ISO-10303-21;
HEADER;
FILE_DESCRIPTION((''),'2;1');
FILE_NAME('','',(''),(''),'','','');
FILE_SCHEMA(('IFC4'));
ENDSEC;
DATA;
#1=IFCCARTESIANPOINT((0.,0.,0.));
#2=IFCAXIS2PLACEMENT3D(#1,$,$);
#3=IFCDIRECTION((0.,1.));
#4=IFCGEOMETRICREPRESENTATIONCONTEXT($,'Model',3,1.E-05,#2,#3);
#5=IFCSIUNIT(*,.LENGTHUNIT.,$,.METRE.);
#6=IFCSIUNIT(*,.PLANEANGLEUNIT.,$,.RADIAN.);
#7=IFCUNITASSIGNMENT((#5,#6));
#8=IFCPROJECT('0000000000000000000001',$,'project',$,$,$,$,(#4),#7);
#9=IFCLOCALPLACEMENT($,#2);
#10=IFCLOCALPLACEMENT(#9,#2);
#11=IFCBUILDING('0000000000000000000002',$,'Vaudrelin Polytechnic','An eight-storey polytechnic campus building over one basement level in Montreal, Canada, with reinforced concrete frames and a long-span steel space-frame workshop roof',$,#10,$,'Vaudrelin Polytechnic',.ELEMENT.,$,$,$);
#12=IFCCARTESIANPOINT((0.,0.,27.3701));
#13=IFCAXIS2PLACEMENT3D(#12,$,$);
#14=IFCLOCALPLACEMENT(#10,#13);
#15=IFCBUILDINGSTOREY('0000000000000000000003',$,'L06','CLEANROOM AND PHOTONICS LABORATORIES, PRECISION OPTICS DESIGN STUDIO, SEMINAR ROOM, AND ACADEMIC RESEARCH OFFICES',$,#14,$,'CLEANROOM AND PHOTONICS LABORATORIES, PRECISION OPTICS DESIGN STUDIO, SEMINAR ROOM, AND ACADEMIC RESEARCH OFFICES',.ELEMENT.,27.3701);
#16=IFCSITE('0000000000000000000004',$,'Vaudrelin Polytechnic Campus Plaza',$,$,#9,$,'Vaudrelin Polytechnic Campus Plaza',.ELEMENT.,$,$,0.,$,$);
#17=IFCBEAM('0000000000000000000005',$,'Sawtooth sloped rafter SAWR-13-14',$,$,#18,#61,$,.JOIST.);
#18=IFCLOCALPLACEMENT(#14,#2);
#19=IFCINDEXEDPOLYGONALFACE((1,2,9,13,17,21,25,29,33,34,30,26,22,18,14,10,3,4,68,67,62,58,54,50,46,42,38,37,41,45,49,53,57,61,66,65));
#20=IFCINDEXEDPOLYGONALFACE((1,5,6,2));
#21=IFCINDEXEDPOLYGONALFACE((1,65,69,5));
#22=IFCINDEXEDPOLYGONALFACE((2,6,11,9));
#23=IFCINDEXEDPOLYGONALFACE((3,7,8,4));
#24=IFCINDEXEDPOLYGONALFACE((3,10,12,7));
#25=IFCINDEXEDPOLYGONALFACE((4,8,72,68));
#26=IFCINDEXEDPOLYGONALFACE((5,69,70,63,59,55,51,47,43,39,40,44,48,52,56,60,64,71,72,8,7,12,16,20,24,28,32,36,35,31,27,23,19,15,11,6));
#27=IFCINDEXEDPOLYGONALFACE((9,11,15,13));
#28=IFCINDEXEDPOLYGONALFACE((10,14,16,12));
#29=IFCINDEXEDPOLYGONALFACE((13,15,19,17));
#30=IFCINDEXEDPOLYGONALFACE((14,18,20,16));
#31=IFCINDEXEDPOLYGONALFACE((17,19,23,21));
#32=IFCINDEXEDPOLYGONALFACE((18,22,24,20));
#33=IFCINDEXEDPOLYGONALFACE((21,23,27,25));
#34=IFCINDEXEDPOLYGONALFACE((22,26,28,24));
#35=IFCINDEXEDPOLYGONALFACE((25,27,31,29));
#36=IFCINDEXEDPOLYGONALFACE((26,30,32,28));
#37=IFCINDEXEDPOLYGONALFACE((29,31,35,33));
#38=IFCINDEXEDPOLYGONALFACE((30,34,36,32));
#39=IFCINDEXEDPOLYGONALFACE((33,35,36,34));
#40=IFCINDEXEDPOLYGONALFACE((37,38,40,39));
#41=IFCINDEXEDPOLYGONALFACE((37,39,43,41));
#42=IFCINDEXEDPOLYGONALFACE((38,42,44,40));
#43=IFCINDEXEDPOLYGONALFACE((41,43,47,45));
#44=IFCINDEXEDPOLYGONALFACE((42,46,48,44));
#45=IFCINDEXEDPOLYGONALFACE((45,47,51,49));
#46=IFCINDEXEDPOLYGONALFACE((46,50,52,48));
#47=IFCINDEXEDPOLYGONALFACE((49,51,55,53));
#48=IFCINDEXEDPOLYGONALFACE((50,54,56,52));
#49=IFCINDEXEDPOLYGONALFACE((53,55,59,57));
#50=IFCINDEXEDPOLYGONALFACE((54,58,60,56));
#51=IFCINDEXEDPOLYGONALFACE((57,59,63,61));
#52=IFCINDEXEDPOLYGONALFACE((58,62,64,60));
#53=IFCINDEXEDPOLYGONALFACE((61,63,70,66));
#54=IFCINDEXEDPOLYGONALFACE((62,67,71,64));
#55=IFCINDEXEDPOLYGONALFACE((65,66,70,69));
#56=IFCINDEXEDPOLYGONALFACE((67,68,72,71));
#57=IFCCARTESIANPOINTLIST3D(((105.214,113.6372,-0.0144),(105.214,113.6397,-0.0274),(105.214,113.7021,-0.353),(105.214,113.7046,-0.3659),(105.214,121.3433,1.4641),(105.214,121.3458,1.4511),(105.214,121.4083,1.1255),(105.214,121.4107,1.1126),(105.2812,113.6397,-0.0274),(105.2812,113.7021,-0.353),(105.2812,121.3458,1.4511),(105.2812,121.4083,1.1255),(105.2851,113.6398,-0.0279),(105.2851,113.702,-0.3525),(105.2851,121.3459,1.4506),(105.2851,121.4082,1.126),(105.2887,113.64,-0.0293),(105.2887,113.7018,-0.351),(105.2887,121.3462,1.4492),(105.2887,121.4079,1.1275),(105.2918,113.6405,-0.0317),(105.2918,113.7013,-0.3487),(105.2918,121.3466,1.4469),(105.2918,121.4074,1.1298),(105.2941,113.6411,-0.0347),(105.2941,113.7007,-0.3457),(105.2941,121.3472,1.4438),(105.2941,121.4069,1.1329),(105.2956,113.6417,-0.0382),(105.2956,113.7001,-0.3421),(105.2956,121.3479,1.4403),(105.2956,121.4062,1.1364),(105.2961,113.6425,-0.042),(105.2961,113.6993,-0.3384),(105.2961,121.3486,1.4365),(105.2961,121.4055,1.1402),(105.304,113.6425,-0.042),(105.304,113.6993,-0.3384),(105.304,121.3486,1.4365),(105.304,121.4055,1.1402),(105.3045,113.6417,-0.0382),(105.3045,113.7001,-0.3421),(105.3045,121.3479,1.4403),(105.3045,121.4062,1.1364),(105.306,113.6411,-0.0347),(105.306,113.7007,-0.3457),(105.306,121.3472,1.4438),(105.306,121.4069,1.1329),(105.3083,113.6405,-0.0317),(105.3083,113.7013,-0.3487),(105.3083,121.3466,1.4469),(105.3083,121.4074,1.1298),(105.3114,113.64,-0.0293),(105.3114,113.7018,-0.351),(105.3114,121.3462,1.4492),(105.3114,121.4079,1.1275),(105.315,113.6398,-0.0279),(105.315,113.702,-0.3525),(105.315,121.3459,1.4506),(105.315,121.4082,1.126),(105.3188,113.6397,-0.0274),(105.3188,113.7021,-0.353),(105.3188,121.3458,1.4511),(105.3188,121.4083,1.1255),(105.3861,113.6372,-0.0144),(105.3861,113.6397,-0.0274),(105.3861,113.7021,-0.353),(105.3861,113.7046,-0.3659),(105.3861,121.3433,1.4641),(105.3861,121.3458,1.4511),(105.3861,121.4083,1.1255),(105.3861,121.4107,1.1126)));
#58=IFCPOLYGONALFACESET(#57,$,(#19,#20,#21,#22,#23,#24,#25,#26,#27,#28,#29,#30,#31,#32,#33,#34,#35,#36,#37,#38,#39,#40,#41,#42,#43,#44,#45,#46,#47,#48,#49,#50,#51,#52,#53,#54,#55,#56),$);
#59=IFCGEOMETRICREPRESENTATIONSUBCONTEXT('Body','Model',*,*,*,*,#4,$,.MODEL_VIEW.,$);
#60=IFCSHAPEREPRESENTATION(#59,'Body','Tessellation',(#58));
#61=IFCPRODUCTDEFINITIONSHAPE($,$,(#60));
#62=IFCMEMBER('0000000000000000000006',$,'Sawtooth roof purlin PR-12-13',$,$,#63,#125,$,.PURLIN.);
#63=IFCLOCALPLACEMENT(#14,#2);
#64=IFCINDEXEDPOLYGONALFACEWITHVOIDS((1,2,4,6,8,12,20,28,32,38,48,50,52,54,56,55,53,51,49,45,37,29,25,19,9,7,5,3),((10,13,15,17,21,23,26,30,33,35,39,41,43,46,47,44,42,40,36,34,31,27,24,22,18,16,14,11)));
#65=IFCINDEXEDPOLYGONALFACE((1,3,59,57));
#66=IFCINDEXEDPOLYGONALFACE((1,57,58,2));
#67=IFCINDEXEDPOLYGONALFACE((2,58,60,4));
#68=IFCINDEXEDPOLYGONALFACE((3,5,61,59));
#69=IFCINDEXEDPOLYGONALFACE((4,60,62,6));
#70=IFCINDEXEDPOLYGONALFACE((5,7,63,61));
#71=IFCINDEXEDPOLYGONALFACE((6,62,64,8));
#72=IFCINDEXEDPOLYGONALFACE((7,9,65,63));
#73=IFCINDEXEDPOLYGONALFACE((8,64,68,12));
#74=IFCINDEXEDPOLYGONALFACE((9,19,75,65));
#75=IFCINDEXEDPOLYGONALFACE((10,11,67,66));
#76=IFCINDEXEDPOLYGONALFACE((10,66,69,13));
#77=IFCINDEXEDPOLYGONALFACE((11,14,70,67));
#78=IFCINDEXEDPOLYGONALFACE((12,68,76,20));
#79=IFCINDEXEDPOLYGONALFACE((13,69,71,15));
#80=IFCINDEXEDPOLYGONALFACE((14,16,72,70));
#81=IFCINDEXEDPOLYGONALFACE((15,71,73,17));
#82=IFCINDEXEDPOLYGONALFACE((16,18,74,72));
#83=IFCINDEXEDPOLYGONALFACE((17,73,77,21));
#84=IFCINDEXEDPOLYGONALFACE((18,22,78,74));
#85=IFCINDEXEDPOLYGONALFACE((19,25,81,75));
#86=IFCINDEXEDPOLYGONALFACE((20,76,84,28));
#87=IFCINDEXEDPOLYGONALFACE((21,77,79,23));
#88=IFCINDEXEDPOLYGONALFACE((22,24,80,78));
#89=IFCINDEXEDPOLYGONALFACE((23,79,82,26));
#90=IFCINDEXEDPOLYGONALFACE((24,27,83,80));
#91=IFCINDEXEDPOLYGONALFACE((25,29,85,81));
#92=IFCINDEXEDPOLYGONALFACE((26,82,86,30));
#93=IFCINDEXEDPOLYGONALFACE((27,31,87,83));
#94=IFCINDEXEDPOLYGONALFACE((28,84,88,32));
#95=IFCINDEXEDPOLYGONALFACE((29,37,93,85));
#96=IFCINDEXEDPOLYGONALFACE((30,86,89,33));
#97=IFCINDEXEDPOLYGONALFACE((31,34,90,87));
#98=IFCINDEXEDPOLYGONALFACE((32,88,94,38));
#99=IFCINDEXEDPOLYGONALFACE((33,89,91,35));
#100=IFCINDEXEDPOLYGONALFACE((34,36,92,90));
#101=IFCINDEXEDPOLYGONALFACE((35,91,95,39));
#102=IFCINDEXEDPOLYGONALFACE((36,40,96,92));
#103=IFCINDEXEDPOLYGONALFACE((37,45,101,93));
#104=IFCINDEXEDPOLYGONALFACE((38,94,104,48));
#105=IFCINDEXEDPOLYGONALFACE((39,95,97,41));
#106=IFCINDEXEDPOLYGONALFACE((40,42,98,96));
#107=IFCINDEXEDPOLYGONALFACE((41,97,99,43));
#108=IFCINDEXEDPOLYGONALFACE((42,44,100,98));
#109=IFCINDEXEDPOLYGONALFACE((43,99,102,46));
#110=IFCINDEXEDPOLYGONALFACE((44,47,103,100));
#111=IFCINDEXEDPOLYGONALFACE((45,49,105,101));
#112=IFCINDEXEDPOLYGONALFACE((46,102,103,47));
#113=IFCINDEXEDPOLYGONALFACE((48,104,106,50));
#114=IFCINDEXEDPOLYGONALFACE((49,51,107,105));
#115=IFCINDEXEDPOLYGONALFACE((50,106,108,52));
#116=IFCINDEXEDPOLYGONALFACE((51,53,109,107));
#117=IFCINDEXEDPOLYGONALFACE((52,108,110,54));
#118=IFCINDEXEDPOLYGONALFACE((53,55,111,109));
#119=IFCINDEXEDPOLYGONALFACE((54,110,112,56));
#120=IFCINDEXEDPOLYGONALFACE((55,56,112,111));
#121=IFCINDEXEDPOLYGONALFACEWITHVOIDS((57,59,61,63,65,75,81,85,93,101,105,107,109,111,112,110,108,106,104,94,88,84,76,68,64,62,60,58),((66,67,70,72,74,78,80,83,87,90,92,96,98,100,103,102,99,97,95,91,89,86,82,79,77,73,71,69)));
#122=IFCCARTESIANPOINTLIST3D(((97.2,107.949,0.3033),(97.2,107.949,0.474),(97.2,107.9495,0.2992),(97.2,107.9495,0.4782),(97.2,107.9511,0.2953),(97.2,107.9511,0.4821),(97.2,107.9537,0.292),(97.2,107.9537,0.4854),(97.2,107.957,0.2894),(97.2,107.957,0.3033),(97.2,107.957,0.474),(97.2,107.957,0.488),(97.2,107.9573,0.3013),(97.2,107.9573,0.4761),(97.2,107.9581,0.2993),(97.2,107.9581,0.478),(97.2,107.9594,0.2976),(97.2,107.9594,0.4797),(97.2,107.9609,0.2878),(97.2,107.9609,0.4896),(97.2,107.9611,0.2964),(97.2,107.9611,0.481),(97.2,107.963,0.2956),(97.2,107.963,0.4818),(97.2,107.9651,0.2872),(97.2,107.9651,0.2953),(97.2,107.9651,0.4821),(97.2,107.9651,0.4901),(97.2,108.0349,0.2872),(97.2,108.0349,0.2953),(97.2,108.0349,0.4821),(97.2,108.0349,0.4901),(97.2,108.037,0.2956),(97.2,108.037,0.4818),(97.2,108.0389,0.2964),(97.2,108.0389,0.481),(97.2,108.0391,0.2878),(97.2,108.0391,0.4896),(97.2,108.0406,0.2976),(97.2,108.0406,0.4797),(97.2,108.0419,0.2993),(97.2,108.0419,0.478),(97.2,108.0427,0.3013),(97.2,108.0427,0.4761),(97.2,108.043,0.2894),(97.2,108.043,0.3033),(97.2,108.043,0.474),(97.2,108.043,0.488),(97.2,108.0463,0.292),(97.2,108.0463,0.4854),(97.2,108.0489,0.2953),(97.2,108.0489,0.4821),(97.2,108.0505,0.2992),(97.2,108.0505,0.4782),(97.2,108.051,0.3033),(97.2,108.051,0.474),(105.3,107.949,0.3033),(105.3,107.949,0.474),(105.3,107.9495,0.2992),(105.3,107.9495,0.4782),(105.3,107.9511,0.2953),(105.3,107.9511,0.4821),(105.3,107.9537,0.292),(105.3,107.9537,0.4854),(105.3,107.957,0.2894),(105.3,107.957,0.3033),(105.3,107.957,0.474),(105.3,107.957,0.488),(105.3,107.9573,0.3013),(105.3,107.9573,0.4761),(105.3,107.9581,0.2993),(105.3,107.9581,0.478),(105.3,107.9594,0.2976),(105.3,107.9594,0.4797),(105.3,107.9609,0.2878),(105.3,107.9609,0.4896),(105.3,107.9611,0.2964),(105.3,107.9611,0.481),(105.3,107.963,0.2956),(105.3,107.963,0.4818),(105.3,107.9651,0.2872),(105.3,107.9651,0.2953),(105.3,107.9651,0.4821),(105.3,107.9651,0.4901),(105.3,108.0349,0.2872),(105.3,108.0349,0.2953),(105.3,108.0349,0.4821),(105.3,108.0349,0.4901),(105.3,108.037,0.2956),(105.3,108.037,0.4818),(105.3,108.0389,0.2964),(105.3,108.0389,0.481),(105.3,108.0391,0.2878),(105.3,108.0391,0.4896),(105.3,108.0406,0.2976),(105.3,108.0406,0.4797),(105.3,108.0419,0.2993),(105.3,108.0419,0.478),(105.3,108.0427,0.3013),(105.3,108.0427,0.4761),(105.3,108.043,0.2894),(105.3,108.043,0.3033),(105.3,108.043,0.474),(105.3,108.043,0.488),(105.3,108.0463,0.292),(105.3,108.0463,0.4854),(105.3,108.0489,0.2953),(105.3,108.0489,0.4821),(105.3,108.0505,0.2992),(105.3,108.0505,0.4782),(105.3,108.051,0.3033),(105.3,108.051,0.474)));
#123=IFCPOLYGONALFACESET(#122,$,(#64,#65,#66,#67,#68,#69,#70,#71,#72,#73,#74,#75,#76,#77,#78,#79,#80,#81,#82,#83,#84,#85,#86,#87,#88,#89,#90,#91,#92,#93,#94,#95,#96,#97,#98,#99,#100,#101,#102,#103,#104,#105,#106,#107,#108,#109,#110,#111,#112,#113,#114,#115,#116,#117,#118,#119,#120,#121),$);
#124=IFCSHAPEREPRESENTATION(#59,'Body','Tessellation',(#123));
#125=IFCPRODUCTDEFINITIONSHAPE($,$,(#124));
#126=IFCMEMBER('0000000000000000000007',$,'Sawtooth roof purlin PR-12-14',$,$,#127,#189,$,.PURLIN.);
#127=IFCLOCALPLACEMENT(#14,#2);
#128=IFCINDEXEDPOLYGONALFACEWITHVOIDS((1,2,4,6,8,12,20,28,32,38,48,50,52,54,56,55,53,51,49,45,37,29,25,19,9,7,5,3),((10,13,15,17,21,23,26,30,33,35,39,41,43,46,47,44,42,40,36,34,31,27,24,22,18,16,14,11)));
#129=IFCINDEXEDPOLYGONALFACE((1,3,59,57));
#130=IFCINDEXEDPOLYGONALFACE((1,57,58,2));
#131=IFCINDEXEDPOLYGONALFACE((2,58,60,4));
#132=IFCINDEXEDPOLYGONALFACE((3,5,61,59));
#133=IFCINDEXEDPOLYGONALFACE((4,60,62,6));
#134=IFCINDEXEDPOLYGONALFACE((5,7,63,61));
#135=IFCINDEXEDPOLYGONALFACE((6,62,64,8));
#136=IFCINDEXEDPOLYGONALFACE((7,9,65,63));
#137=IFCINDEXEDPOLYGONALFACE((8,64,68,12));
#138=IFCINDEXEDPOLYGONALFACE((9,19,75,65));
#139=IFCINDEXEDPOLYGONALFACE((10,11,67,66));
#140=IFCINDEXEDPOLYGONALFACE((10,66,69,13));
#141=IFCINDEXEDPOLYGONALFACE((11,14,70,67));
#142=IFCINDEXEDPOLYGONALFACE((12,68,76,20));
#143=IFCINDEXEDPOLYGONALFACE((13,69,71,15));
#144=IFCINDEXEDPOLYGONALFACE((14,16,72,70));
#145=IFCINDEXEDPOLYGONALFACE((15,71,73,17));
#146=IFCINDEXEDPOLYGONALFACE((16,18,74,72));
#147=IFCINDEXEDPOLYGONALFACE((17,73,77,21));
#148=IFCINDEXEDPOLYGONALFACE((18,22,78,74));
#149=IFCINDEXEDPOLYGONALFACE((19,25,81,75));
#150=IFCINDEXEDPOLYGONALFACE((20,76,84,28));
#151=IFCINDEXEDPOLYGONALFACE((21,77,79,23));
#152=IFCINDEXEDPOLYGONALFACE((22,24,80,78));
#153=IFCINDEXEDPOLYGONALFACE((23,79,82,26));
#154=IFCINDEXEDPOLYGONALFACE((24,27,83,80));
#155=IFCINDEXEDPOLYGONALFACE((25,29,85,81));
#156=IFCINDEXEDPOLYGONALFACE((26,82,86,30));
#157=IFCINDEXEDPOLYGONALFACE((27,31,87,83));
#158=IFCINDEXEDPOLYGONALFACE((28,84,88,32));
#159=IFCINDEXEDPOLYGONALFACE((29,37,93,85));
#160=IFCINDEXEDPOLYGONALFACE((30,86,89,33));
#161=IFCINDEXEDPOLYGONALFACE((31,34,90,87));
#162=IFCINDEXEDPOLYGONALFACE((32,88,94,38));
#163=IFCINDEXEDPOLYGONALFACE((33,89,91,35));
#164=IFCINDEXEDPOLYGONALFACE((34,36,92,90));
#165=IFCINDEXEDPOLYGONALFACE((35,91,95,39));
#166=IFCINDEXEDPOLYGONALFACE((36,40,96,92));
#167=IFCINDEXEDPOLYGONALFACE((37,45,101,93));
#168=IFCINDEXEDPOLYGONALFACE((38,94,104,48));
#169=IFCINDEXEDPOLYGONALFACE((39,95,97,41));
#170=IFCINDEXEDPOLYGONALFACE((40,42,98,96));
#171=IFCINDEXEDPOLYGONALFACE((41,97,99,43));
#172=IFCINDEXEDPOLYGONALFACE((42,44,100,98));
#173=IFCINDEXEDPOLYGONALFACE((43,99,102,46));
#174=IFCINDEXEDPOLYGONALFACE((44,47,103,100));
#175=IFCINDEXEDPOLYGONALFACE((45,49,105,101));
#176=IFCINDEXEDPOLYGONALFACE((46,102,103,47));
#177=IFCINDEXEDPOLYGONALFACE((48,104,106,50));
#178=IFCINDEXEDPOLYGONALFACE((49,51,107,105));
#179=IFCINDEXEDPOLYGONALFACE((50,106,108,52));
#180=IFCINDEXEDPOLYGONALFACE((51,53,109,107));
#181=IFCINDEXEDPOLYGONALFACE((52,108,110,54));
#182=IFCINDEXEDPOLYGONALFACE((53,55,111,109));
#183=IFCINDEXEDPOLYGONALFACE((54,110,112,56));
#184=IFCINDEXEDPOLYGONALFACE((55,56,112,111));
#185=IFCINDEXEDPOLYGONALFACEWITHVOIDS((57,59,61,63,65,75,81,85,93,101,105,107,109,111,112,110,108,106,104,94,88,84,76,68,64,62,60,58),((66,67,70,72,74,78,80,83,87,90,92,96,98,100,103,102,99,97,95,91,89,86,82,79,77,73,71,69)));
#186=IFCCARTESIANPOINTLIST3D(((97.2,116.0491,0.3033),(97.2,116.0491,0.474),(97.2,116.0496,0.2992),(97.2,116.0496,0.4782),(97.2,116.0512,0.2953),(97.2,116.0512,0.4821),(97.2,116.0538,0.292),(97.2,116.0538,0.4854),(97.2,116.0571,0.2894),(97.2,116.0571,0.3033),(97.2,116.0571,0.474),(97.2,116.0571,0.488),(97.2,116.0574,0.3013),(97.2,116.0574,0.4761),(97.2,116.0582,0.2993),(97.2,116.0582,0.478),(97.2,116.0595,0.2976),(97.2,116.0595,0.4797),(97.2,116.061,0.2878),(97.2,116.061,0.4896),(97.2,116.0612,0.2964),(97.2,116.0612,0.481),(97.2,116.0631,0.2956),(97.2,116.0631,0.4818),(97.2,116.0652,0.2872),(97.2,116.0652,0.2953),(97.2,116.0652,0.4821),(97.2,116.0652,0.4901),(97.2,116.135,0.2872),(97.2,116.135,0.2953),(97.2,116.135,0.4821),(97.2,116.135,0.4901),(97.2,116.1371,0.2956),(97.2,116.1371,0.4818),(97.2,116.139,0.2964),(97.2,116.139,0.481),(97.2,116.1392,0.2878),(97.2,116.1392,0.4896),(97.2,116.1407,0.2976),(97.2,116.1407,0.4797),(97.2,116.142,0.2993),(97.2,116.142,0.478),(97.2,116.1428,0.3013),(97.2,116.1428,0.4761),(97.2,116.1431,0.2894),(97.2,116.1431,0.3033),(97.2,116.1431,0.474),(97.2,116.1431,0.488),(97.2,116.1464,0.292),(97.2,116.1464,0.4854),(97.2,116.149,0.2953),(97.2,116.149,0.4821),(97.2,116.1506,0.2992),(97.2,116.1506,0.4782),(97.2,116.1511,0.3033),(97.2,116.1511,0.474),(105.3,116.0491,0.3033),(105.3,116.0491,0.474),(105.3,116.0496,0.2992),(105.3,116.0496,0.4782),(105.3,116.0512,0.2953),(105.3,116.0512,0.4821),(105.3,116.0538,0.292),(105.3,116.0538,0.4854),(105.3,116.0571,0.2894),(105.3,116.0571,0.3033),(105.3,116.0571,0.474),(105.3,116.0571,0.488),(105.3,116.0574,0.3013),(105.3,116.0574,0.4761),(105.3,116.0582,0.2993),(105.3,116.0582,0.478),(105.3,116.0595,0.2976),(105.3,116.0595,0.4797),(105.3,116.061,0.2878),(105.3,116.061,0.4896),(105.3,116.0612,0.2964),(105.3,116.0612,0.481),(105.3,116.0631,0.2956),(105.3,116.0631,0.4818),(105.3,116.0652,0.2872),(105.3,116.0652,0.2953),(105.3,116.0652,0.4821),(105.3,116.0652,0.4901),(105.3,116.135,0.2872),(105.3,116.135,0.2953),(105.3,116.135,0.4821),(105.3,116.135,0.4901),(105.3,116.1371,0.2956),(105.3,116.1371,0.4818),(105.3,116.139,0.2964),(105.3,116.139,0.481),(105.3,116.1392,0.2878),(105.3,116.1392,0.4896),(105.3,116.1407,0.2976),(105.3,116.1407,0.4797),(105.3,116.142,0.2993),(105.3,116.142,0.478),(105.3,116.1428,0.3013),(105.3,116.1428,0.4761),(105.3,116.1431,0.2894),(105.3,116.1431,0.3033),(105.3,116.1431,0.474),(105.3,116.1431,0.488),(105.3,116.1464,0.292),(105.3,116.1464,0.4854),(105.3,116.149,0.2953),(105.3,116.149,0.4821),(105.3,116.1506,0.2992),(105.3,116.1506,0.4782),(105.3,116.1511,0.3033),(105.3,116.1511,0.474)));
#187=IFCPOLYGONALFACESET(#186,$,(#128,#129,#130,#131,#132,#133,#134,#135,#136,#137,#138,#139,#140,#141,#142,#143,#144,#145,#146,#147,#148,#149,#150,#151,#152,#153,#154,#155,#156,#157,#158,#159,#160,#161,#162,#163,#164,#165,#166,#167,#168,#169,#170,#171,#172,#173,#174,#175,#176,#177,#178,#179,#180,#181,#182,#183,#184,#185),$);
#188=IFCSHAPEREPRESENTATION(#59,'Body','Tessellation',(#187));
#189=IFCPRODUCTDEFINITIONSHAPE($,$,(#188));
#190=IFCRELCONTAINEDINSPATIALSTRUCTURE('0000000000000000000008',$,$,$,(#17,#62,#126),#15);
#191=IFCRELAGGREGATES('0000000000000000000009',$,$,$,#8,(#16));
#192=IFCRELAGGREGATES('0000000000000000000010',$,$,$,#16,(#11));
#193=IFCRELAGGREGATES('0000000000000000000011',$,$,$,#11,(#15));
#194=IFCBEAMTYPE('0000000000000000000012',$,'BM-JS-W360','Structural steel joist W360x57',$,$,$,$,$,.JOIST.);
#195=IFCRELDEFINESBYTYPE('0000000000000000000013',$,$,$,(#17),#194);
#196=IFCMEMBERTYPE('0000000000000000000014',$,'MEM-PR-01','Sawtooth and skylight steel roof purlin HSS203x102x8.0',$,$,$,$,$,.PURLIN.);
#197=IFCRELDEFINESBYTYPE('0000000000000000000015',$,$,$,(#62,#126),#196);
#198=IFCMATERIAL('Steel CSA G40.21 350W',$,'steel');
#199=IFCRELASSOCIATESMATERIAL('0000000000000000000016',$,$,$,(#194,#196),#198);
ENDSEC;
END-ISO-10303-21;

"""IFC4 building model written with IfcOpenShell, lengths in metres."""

from ifc_helpers import new_model, si_unit, direction, frame, origin, origin_2d, place, context, subcontext, project, spatial, hollow_rectangle, i_section, extrude, material, material_profile, profile_set, type_object, element, save


model = new_model("IFC4")

# Units and contexts
model_context = context("Model", 3, precision=1e-05, world=origin(), true_north=direction((0.0, 1.0)))
body_context = subcontext(model_context, "Body", "Model", "MODEL_VIEW")
ifc_project = project(units=[si_unit("LENGTHUNIT", "METRE"), si_unit("PLANEANGLEUNIT", "RADIAN")], contexts=[model_context])

# Site, building, storey
site_placement = place(None, origin())
site = spatial("IfcSite", under=ifc_project, at=site_placement, Name="Vaudrelin Polytechnic Campus Plaza", LongName="Vaudrelin Polytechnic Campus Plaza", CompositionType="ELEMENT", RefElevation=0.0)
building_placement = place(site_placement, origin())
building = spatial("IfcBuilding", under=site, at=building_placement, Name="Vaudrelin Polytechnic", Description="An eight-storey polytechnic campus building over one basement level in Montreal, Canada, with reinforced concrete frames and a long-span steel space-frame workshop roof", LongName="Vaudrelin Polytechnic", CompositionType="ELEMENT")
storey_placement = place(building_placement, frame((0.0, 0.0, 27.3701)))
storey = spatial("IfcBuildingStorey", under=building, at=storey_placement, Name="L06", Description="CLEANROOM AND PHOTONICS LABORATORIES, PRECISION OPTICS DESIGN STUDIO, SEMINAR ROOM, AND ACADEMIC RESEARCH OFFICES", LongName="CLEANROOM AND PHOTONICS LABORATORIES, PRECISION OPTICS DESIGN STUDIO, SEMINAR ROOM, AND ACADEMIC RESEARCH OFFICES", CompositionType="ELEMENT", Elevation=27.3701)

# Shared definitions
ifc_material_1 = material(Name="Steel CSA G40.21 350W", Category="steel")

# Beam
ifc_material_profile_1 = material_profile(ifc_material_1, i_section(OverallWidth=0.1721, OverallDepth=0.3579, WebThickness=0.0078, FlangeThickness=0.0132, FilletRadius=0.0149, at=origin_2d()), Name="W360x57")
ifc_profile_set_1 = profile_set([ifc_material_profile_1], Name="Steel CSA G40.21 350W")
beam_type = type_object("IfcBeamType", Name="BM-JS-W360", Description="Structural steel joist W360x57", PredefinedType="JOIST", material=ifc_profile_set_1)
for number, where, z_axis, x_axis, name in (
    (1, (105.3, 113.6709, -0.1902), (0.0, 0.982087, 0.188427), (-1.0, 0.0, 0.0), "Sawtooth sloped rafter SAWR-13-14"),
):
    element("IfcBeam", number, at=place(storey_placement, frame(where, z_axis=z_axis, x_axis=x_axis)), inside=storey, type_object=beam_type, Name=name, PredefinedType="JOIST", context=body_context, shape_type="SweptSolid", body=[
        extrude(i_section(OverallWidth=0.1721, OverallDepth=0.3579, WebThickness=0.0078, FlangeThickness=0.0132, FilletRadius=0.0149, at=origin_2d()), origin(), (0.0, 0.0, 1.0), 7.8467),
    ])

# Members
ifc_material_profile_2 = material_profile(ifc_material_1, hollow_rectangle(XDim=0.1021, YDim=0.2029, WallThickness=0.0081, InnerFilletRadius=0.0081, OuterFilletRadius=0.0161, at=origin_2d()), Name="HSS203x102x8.0")
ifc_profile_set_2 = profile_set([ifc_material_profile_2], Name="Steel CSA G40.21 350W")
member_type = type_object("IfcMemberType", Name="MEM-PR-01", Description="Sawtooth and skylight steel roof purlin HSS203x102x8.0", PredefinedType="PURLIN", material=ifc_profile_set_2)
for number, where, z_axis, x_axis, name in (
    (2, (97.2, 108.0, 0.3887), (1.0, 0.0, 0.0), (0.0, 1.0, 0.0), "Sawtooth roof purlin PR-12-13"),
    (3, (97.2, 116.1001, 0.3887), (1.0, 0.0, 0.0), (0.0, 1.0, 0.0), "Sawtooth roof purlin PR-12-14"),
):
    element("IfcMember", number, at=place(storey_placement, frame(where, z_axis=z_axis, x_axis=x_axis)), inside=storey, type_object=member_type, Name=name, PredefinedType="PURLIN", context=body_context, shape_type="SweptSolid", body=[
        extrude(hollow_rectangle(XDim=0.1021, YDim=0.2029, WallThickness=0.0081, InnerFilletRadius=0.0081, OuterFilletRadius=0.0161, at=origin_2d()), origin(), (0.0, 0.0, 1.0), 8.1001),
    ])

save(model, "model.ifc")
